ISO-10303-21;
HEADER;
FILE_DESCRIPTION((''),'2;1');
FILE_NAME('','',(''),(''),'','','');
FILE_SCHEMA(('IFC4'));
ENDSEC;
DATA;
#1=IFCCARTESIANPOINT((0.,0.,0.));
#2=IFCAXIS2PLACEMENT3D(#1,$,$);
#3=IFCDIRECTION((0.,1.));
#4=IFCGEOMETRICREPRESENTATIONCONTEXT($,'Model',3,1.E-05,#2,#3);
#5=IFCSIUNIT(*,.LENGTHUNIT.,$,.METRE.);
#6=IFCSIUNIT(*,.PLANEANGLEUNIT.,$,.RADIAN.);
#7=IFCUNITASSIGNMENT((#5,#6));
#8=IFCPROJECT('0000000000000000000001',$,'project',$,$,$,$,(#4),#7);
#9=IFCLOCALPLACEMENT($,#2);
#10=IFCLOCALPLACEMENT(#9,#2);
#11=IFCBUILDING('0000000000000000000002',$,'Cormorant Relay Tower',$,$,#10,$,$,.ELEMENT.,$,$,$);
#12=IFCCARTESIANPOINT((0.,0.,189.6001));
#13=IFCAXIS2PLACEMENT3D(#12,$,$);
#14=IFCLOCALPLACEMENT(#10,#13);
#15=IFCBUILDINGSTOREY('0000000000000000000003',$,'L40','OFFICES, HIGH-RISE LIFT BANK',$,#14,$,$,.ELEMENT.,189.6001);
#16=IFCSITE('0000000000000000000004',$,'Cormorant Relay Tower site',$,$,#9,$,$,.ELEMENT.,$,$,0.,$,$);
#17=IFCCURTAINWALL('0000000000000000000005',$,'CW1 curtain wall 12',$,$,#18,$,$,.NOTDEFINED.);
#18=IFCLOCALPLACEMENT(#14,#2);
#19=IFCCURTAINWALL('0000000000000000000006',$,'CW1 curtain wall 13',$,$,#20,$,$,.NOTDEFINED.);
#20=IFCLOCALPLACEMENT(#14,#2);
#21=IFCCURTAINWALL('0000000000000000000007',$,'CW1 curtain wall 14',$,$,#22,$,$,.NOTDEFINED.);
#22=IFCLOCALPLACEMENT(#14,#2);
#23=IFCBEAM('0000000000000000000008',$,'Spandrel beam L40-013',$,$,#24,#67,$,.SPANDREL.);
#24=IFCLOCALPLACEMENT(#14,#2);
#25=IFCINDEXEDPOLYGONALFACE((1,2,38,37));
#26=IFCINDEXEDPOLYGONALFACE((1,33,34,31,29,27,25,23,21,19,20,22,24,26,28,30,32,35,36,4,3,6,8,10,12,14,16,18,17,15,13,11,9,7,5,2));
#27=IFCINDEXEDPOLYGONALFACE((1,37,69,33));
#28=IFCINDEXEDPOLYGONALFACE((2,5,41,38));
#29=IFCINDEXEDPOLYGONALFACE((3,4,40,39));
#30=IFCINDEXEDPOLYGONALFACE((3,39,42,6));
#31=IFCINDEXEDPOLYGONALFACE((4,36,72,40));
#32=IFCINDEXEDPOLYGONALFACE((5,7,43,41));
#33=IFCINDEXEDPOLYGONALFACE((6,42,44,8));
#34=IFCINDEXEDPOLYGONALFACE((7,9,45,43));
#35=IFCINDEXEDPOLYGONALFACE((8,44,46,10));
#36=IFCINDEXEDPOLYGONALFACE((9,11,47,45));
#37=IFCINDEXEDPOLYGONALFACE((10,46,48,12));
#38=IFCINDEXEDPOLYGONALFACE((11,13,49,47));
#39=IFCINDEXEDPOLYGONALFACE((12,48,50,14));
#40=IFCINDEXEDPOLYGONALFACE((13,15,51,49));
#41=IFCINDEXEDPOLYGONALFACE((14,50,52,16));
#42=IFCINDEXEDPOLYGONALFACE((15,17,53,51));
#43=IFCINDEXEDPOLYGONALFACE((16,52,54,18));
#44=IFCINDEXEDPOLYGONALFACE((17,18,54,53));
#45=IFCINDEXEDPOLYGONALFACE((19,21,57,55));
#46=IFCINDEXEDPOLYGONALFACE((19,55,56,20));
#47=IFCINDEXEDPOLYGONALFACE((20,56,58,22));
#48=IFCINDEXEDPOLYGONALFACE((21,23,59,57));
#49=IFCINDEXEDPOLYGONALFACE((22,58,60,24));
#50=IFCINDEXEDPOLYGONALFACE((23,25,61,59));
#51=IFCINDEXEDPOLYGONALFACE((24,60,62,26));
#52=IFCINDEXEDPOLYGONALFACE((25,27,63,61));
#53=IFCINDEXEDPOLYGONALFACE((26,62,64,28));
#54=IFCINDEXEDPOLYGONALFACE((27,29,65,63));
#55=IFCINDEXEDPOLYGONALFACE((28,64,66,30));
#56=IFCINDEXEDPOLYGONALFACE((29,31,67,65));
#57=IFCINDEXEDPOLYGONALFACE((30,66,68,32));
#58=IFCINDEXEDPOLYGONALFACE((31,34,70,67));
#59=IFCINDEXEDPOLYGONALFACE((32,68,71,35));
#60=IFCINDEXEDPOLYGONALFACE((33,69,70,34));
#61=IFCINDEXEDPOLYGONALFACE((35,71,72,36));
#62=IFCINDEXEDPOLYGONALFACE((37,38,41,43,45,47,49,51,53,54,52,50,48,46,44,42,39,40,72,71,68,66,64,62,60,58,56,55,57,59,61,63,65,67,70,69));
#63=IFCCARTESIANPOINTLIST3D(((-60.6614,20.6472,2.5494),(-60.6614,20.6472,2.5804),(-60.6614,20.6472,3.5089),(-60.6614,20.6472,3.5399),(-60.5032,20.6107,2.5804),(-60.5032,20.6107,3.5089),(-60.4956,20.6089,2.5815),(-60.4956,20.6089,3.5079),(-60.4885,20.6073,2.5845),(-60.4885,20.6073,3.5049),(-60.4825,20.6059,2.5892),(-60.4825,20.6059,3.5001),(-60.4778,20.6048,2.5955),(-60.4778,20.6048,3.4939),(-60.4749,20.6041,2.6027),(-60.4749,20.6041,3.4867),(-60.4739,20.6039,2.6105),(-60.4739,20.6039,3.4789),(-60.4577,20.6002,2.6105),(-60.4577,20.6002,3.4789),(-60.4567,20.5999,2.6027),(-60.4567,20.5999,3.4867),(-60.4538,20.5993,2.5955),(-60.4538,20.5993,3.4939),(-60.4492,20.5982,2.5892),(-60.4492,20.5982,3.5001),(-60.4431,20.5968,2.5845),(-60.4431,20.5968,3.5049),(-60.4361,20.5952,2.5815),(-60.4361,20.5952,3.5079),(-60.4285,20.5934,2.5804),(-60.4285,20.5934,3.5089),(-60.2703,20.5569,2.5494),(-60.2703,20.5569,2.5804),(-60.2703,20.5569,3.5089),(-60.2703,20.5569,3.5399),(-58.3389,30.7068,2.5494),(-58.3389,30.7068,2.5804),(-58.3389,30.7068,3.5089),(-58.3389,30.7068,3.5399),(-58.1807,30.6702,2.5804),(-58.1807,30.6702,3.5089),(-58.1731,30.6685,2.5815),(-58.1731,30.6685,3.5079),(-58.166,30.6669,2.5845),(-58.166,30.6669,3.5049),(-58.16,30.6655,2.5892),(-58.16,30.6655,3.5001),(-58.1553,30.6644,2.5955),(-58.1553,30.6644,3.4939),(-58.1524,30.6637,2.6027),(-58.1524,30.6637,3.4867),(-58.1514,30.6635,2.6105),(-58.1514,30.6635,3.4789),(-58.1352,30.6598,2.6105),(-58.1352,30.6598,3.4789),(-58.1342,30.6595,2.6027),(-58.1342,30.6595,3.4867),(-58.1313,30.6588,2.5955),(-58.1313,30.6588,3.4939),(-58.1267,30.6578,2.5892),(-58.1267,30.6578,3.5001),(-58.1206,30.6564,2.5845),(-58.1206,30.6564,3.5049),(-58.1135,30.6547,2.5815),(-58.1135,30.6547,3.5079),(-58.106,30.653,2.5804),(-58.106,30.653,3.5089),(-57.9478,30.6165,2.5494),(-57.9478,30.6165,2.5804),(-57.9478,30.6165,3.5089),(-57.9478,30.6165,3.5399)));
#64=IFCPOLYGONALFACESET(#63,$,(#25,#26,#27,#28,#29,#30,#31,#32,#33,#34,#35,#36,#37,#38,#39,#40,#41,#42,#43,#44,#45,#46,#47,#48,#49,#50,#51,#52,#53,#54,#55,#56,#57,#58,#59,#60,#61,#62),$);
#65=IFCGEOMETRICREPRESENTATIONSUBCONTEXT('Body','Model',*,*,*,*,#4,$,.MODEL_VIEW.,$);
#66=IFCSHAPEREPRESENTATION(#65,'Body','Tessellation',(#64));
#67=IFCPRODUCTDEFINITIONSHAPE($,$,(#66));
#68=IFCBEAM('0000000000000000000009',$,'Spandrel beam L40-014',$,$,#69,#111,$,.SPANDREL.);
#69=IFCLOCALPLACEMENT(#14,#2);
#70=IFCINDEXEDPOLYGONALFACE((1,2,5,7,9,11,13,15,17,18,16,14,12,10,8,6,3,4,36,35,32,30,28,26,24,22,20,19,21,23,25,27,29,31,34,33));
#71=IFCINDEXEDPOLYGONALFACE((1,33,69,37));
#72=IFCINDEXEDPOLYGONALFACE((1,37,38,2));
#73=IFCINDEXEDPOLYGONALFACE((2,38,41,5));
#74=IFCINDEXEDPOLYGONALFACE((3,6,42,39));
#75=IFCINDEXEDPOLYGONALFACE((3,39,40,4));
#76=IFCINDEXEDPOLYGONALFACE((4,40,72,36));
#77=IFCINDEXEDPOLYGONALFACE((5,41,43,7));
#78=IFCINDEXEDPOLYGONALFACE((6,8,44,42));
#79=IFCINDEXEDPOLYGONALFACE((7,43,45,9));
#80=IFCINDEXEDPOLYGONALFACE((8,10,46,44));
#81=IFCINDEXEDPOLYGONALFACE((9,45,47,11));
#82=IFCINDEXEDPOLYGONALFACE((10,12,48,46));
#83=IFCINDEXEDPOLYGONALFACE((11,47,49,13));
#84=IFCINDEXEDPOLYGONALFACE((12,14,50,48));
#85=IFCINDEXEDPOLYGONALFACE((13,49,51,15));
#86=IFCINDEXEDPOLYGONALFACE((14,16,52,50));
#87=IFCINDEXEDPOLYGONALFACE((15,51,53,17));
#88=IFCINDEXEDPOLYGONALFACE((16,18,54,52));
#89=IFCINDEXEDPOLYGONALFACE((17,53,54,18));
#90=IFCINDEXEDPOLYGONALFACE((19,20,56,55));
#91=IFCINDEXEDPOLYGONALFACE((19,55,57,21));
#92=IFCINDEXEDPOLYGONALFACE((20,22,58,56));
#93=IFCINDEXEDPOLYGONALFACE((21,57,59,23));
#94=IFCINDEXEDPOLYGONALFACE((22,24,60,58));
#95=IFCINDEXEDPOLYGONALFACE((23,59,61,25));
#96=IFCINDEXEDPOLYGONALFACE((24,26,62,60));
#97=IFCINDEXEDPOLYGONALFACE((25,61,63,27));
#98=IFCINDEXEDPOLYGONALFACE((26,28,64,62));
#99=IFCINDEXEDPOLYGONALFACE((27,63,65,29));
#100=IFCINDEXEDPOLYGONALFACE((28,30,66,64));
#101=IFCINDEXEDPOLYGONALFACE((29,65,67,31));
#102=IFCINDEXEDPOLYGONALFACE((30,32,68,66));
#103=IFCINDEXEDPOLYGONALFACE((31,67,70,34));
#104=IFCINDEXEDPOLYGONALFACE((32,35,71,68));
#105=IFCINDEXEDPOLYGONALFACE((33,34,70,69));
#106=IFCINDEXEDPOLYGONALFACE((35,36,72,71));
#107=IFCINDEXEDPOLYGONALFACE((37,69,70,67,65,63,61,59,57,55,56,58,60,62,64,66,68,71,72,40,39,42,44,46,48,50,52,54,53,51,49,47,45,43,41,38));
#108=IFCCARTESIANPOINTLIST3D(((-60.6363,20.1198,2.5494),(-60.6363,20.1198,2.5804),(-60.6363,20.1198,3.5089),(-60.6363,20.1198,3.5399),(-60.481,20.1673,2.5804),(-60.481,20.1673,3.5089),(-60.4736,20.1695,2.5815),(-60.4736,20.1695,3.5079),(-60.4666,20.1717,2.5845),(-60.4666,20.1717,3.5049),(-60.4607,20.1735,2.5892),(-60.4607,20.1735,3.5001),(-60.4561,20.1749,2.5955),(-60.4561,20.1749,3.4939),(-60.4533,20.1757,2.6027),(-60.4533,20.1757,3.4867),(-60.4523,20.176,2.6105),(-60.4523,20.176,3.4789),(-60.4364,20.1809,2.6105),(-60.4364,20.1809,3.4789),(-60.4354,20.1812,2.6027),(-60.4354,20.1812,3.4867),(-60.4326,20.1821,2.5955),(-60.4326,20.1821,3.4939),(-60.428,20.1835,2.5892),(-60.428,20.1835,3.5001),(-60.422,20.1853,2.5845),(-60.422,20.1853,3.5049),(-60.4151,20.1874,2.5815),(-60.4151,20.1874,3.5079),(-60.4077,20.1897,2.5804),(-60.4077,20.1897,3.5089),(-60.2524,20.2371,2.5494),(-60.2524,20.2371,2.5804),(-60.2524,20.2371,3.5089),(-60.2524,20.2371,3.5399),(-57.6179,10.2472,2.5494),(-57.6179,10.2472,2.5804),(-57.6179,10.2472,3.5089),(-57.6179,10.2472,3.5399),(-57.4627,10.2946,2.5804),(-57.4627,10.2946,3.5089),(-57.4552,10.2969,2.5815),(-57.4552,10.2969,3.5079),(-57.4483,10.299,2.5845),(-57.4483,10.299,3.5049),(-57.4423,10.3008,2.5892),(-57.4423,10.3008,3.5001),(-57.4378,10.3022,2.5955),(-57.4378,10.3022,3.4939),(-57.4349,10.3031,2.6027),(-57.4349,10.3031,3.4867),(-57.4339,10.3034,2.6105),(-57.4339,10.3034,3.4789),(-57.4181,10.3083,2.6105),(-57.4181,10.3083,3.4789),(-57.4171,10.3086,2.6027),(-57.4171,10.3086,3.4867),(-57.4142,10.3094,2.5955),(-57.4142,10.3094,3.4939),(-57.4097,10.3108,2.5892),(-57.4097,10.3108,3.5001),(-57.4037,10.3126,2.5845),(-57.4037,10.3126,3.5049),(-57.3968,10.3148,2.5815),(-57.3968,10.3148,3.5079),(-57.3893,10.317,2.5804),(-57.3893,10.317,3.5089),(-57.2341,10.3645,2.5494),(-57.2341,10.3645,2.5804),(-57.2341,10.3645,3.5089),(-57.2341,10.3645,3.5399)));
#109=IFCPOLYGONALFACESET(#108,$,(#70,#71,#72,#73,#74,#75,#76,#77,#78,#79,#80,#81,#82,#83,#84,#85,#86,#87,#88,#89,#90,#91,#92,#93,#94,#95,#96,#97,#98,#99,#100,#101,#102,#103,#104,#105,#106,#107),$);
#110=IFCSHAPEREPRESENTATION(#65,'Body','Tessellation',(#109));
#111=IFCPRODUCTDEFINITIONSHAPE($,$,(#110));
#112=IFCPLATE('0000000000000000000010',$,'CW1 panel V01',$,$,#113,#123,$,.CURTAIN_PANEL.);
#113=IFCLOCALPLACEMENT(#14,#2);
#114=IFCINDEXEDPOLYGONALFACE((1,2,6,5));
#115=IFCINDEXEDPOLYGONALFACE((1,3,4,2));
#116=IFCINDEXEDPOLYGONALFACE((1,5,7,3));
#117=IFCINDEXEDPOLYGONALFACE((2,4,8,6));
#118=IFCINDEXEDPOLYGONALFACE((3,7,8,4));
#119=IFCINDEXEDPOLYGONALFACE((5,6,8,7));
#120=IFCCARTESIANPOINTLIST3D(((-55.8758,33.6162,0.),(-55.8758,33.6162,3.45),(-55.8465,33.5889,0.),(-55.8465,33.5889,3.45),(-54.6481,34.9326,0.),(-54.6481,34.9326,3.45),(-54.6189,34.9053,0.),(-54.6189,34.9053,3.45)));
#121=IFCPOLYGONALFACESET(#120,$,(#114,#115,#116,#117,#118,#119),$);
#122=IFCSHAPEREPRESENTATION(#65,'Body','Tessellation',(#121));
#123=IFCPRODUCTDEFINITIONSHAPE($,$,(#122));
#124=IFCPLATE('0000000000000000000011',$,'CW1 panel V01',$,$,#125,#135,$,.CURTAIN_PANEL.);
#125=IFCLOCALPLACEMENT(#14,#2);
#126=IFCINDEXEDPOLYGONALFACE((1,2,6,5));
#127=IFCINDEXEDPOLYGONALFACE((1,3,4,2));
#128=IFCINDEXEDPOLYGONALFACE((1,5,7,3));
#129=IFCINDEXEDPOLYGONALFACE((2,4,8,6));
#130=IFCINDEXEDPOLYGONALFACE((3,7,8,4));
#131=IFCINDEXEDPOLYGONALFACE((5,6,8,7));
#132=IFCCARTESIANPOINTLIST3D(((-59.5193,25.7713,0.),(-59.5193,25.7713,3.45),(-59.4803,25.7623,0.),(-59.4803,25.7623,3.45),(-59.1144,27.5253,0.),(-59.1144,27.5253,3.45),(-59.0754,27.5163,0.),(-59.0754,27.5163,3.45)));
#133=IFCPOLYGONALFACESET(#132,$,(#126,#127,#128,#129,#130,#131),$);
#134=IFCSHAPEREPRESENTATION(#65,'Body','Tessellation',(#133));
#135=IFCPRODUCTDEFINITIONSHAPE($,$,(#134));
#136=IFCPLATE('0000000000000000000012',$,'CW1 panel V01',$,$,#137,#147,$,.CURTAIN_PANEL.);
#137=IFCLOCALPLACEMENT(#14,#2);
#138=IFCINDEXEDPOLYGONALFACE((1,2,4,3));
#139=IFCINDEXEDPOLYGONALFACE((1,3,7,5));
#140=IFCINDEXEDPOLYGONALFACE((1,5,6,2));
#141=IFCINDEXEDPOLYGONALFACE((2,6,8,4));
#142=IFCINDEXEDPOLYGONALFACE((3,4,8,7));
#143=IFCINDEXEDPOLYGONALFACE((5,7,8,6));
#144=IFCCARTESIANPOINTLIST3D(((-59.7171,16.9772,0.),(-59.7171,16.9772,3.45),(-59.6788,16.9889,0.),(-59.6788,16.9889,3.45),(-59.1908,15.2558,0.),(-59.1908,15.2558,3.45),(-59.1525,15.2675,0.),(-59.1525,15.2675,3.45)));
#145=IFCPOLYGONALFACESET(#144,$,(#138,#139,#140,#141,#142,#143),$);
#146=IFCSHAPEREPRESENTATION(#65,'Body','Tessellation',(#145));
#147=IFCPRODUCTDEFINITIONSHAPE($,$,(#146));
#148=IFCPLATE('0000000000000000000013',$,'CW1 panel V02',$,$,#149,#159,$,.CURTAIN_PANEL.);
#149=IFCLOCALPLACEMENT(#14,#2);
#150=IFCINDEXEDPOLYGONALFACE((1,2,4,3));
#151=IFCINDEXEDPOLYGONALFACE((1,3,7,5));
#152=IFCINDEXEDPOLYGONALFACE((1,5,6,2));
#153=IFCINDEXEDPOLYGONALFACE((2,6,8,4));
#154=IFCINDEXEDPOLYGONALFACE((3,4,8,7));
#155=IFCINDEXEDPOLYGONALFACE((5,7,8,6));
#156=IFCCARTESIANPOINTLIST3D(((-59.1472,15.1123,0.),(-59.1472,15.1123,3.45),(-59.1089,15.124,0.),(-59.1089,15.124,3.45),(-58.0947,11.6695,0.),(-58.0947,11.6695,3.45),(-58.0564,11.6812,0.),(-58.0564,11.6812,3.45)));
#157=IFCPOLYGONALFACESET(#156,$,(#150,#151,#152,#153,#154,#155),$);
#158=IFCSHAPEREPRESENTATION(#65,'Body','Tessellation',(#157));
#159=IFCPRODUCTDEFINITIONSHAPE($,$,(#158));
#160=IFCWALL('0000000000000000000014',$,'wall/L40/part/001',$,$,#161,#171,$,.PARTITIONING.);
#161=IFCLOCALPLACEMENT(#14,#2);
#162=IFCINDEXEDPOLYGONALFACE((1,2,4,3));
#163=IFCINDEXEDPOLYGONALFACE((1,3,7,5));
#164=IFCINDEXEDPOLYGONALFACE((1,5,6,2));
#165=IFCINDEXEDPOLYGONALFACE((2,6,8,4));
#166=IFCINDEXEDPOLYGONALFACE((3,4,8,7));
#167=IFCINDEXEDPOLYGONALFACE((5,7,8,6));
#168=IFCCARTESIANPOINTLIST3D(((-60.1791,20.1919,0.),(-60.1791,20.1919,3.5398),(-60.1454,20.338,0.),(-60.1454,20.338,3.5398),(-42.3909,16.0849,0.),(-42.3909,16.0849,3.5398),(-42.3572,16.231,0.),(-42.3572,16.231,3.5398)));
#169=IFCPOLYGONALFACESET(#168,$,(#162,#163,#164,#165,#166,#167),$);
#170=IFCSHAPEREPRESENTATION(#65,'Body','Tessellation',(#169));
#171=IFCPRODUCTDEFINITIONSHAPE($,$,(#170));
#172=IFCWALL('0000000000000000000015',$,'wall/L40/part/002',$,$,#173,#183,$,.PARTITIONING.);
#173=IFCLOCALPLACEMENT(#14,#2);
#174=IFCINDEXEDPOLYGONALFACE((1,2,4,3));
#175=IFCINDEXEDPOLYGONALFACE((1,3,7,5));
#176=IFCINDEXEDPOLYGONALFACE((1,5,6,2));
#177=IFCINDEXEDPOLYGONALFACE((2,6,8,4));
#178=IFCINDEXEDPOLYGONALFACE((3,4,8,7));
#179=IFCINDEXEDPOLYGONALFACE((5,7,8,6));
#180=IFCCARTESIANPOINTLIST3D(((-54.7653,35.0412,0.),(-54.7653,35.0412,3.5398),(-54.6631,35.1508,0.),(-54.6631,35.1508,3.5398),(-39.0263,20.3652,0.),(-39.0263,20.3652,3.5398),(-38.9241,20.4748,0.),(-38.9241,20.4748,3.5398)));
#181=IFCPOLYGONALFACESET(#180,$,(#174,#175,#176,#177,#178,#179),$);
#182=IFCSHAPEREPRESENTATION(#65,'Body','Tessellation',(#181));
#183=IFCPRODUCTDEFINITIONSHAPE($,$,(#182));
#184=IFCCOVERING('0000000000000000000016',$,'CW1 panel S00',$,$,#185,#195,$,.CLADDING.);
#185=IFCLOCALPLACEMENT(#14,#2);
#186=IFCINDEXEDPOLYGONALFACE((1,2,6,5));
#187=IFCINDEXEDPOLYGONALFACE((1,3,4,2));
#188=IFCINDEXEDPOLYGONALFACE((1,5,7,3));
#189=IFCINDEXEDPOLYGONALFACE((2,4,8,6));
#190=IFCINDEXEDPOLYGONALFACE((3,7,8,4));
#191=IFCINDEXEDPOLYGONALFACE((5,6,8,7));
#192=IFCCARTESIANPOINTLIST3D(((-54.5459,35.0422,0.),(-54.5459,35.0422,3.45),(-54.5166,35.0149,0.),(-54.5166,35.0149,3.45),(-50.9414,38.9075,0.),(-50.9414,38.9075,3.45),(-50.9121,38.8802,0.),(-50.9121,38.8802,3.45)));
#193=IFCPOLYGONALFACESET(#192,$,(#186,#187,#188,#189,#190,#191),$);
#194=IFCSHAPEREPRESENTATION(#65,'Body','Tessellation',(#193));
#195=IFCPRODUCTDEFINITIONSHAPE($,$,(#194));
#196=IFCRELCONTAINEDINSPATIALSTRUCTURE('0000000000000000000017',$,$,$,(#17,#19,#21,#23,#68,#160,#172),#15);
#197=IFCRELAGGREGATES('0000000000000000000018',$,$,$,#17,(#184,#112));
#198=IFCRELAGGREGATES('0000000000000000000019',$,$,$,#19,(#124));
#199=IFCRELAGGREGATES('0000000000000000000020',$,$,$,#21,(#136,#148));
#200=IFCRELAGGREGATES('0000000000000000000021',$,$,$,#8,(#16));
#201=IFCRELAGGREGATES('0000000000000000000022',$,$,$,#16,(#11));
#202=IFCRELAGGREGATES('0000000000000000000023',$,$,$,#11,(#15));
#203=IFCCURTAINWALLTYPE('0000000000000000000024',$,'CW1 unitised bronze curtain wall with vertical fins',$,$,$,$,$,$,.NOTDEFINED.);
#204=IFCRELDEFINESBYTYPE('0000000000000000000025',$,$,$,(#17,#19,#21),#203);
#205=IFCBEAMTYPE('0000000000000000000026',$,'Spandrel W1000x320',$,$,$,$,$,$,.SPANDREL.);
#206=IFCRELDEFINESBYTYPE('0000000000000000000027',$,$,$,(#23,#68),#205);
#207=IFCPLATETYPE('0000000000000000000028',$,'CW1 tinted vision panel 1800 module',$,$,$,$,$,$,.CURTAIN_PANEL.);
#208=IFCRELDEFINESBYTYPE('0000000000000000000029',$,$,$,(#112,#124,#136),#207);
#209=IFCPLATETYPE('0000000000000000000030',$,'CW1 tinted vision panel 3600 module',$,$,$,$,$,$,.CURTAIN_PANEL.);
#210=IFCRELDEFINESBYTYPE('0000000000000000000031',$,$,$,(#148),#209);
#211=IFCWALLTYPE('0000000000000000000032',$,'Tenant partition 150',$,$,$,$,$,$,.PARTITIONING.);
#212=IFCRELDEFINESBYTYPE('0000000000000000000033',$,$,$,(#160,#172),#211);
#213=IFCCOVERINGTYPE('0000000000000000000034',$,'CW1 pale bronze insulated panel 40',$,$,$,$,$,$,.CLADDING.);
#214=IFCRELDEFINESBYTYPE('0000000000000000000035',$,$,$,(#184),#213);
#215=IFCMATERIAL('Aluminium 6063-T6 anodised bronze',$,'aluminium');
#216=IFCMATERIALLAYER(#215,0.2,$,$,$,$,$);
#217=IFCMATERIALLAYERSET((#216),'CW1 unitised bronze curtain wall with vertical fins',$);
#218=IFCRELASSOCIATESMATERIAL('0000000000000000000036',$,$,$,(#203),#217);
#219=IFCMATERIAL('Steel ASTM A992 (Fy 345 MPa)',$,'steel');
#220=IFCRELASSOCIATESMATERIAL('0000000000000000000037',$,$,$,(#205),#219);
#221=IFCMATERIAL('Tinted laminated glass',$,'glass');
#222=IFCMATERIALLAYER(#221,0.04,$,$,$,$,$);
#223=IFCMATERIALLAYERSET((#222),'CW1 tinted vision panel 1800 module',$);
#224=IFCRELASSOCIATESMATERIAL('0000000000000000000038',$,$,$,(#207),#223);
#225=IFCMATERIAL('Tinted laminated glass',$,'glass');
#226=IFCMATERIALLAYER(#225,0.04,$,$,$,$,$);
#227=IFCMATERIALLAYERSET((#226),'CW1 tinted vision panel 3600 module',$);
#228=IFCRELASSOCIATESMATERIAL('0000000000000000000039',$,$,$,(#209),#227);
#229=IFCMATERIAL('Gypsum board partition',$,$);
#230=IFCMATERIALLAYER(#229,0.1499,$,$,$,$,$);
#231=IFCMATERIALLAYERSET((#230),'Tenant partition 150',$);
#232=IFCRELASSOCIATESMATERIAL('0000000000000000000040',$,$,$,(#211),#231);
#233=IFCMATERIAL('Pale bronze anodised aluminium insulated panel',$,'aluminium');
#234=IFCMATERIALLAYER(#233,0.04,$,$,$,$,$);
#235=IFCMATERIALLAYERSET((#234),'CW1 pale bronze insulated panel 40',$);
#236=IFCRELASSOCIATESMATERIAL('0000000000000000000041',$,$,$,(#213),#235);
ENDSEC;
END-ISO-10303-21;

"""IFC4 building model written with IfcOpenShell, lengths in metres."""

from ifc_helpers import new_model, si_unit, direction, frame, frame_2d, origin, origin_2d, place, context, subcontext, project, spatial, rectangle, i_section, extrude, material, layer, layer_set, material_profile, profile_set, type_object, element, aggregate, save


model = new_model("IFC4")

# Units and contexts
model_context = context("Model", 3, precision=1e-05, world=origin(), true_north=direction((0.0, 1.0)))
body_context = subcontext(model_context, "Body", "Model", "MODEL_VIEW")
ifc_project = project(units=[si_unit("LENGTHUNIT", "METRE"), si_unit("PLANEANGLEUNIT", "RADIAN")], contexts=[model_context])

# Site, building, storey
site_placement = place(None, origin())
site = spatial("IfcSite", under=ifc_project, at=site_placement, Name="Cormorant Relay Tower site", CompositionType="ELEMENT", RefElevation=0.0)
building_placement = place(site_placement, origin())
building = spatial("IfcBuilding", under=site, at=building_placement, Name="Cormorant Relay Tower", CompositionType="ELEMENT")
storey_placement = place(building_placement, frame((0.0, 0.0, 189.6001)))
storey = spatial("IfcBuildingStorey", under=building, at=storey_placement, Name="L40", Description="OFFICES, HIGH-RISE LIFT BANK", CompositionType="ELEMENT", Elevation=189.6001)

# Curtain walls
ifc_material_1 = material(Name="Aluminium 6063-T6 anodised bronze", Category="aluminium")
ifc_layer_1 = layer(ifc_material_1, 0.2)
ifc_layer_set_1 = layer_set([ifc_layer_1], Name="CW1 unitised bronze curtain wall with vertical fins")
curtain_wall_type = type_object("IfcCurtainWallType", Name="CW1 unitised bronze curtain wall with vertical fins", PredefinedType="NOTDEFINED", material=ifc_layer_set_1)
curtain_wall_1_placement = place(storey_placement, origin())
curtain_wall_1 = element("IfcCurtainWall", 1, at=curtain_wall_1_placement, inside=storey, type_object=curtain_wall_type, Name="CW1 curtain wall 12", PredefinedType="NOTDEFINED")
curtain_wall_2_placement = place(storey_placement, origin())
curtain_wall_2 = element("IfcCurtainWall", 2, at=curtain_wall_2_placement, inside=storey, type_object=curtain_wall_type, Name="CW1 curtain wall 13", PredefinedType="NOTDEFINED")
curtain_wall_3_placement = place(storey_placement, origin())
curtain_wall_3 = element("IfcCurtainWall", 3, at=curtain_wall_3_placement, inside=storey, type_object=curtain_wall_type, Name="CW1 curtain wall 14", PredefinedType="NOTDEFINED")

# Beams
ifc_material_2 = material(Name="Steel ASTM A992 (Fy 345 MPa)", Category="steel")
ifc_material_profile_1 = material_profile(ifc_material_2, i_section(OverallWidth=0.4014, OverallDepth=0.9905, WebThickness=0.0166, FlangeThickness=0.031, FilletRadius=0.03, at=origin_2d()), Name="W1000x320")
ifc_profile_set_1 = profile_set([ifc_material_profile_1], Name="Steel ASTM A992 (Fy 345 MPa)")
beam_type = type_object("IfcBeamType", Name="Spandrel W1000x320", PredefinedType="SPANDREL", material=ifc_profile_set_1)
beam_1_placement = place(storey_placement, frame((-58.1433, 30.6616, 3.0447), z_axis=(-0.224958, -0.974368, 0.0), x_axis=(0.974368, -0.224958, 0.0)))
element("IfcBeam", 4, at=beam_1_placement, inside=storey, type_object=beam_type, Name="Spandrel beam L40-013", PredefinedType="SPANDREL", context=body_context, shape_type="SweptSolid", body=[
    extrude(i_section(OverallWidth=0.4014, OverallDepth=0.9905, WebThickness=0.0166, FlangeThickness=0.031, FilletRadius=0.03, at=origin_2d()), origin(), (0.0, 0.0, 1.0), 10.3242),
])
beam_2_placement = place(storey_placement, frame((-60.4443, 20.1785, 3.0447), z_axis=(0.292369, -0.956306, 0.0), x_axis=(0.956306, 0.292369, 0.0)))
element("IfcBeam", 5, at=beam_2_placement, inside=storey, type_object=beam_type, Name="Spandrel beam L40-014", PredefinedType="SPANDREL", context=body_context, shape_type="SweptSolid", body=[
    extrude(i_section(OverallWidth=0.4014, OverallDepth=0.9905, WebThickness=0.0166, FlangeThickness=0.031, FilletRadius=0.03, at=origin_2d()), origin(), (0.0, 0.0, 1.0), 10.3237),
])

# Plates
ifc_material_3 = material(Name="Tinted laminated glass", Category="glass")
ifc_layer_2 = layer(ifc_material_3, 0.04)
ifc_layer_set_2 = layer_set([ifc_layer_2], Name="CW1 tinted vision panel 1800 module")
plate_type_1 = type_object("IfcPlateType", Name="CW1 tinted vision panel 1800 module", PredefinedType="CURTAIN_PANEL", material=ifc_layer_set_2)
plate_1_placement = place(storey_placement, frame((-55.2473, 34.2607, 0.0), z_axis=(0.0, 0.0, 1.0), x_axis=(-0.681998, -0.731354, 0.0)))
plate_1 = element("IfcPlate", 6, at=plate_1_placement, type_object=plate_type_1, Name="CW1 panel V01", PredefinedType="CURTAIN_PANEL", context=body_context, shape_type="SweptSolid", body=[
    extrude(rectangle(XDim=1.8, YDim=0.04, at=origin_2d()), origin(), (0.0, 0.0, 1.0), 3.45),
])
plate_2_placement = place(storey_placement, frame((-59.2974, 26.6438, 0.0), z_axis=(0.0, 0.0, 1.0), x_axis=(-0.224951, -0.97437, 0.0)))
plate_2 = element("IfcPlate", 7, at=plate_2_placement, type_object=plate_type_1, Name="CW1 panel V01", PredefinedType="CURTAIN_PANEL", context=body_context, shape_type="SweptSolid", body=[
    extrude(rectangle(XDim=1.8, YDim=0.04, at=origin_2d()), origin(), (0.0, 0.0, 1.0), 3.45),
])
plate_3_placement = place(storey_placement, frame((-59.4348, 16.1223, 0.0), z_axis=(0.0, 0.0, 1.0), x_axis=(0.292372, -0.956305, 0.0)))
plate_3 = element("IfcPlate", 8, at=plate_3_placement, type_object=plate_type_1, Name="CW1 panel V01", PredefinedType="CURTAIN_PANEL", context=body_context, shape_type="SweptSolid", body=[
    extrude(rectangle(XDim=1.8, YDim=0.04, at=origin_2d()), origin(), (0.0, 0.0, 1.0), 3.45),
])
ifc_material_4 = material(Name="Tinted laminated glass", Category="glass")
ifc_layer_3 = layer(ifc_material_4, 0.04)
ifc_layer_set_3 = layer_set([ifc_layer_3], Name="CW1 tinted vision panel 3600 module")
plate_type_2 = type_object("IfcPlateType", Name="CW1 tinted vision panel 3600 module", PredefinedType="CURTAIN_PANEL", material=ifc_layer_set_3)
plate_4_placement = place(storey_placement, frame((-58.6018, 13.3967, 0.0), z_axis=(0.0, 0.0, 1.0), x_axis=(0.292372, -0.956305, 0.0)))
plate_4 = element("IfcPlate", 9, at=plate_4_placement, type_object=plate_type_2, Name="CW1 panel V02", PredefinedType="CURTAIN_PANEL", context=body_context, shape_type="SweptSolid", body=[
    extrude(rectangle(XDim=3.6001, YDim=0.04, at=origin_2d()), origin(), (0.0, 0.0, 1.0), 3.45),
])

# Walls
ifc_material_5 = material(Name="Gypsum board partition")
ifc_layer_4 = layer(ifc_material_5, 0.1499)
ifc_layer_set_4 = layer_set([ifc_layer_4], Name="Tenant partition 150")
wall_type = type_object("IfcWallType", Name="Tenant partition 150", PredefinedType="PARTITIONING", material=ifc_layer_set_4)
wall_1_placement = place(storey_placement, frame((-60.1621, 20.2649, 0.0), z_axis=(0.0, 0.0, 1.0), x_axis=(0.974367, -0.224963, 0.0)))
element("IfcWall", 10, at=wall_1_placement, inside=storey, type_object=wall_type, Name="wall/L40/part/001", PredefinedType="PARTITIONING", context=body_context, shape_type="SweptSolid", body=[
    extrude(rectangle(XDim=18.2561, YDim=0.1499, at=frame_2d((9.1279, 0.0))), origin(), (0.0, 0.0, 1.0), 3.5398),
])
wall_2_placement = place(storey_placement, frame((-54.7141, 35.0959, 0.0), z_axis=(0.0, 0.0, 1.0), x_axis=(0.731373, -0.681977, 0.0)))
element("IfcWall", 11, at=wall_2_placement, inside=storey, type_object=wall_type, Name="wall/L40/part/002", PredefinedType="PARTITIONING", context=body_context, shape_type="SweptSolid", body=[
    extrude(rectangle(XDim=21.5198, YDim=0.1499, at=frame_2d((10.7598, 0.0))), origin(), (0.0, 0.0, 1.0), 3.5398),
])

# Covering
ifc_material_6 = material(Name="Pale bronze anodised aluminium insulated panel", Category="aluminium")
ifc_layer_5 = layer(ifc_material_6, 0.04)
ifc_layer_set_5 = layer_set([ifc_layer_5], Name="CW1 pale bronze insulated panel 40")
covering_type = type_object("IfcCoveringType", Name="CW1 pale bronze insulated panel 40", PredefinedType="CLADDING", material=ifc_layer_set_5)
covering_1_placement = place(storey_placement, frame((-52.729, 36.9612, 0.0), z_axis=(0.0, 0.0, 1.0), x_axis=(-0.681998, -0.731354, 0.0)))
covering_1 = element("IfcCovering", 12, at=covering_1_placement, type_object=covering_type, Name="CW1 panel S00", PredefinedType="CLADDING", context=body_context, shape_type="SweptSolid", body=[
    extrude(rectangle(XDim=5.2852, YDim=0.04, at=origin_2d()), origin(), (0.0, 0.0, 1.0), 3.45),
])
aggregate(curtain_wall_1, [covering_1, plate_1])
aggregate(curtain_wall_2, [plate_2])
aggregate(curtain_wall_3, [plate_3, plate_4])

save(model, "model.ifc")
